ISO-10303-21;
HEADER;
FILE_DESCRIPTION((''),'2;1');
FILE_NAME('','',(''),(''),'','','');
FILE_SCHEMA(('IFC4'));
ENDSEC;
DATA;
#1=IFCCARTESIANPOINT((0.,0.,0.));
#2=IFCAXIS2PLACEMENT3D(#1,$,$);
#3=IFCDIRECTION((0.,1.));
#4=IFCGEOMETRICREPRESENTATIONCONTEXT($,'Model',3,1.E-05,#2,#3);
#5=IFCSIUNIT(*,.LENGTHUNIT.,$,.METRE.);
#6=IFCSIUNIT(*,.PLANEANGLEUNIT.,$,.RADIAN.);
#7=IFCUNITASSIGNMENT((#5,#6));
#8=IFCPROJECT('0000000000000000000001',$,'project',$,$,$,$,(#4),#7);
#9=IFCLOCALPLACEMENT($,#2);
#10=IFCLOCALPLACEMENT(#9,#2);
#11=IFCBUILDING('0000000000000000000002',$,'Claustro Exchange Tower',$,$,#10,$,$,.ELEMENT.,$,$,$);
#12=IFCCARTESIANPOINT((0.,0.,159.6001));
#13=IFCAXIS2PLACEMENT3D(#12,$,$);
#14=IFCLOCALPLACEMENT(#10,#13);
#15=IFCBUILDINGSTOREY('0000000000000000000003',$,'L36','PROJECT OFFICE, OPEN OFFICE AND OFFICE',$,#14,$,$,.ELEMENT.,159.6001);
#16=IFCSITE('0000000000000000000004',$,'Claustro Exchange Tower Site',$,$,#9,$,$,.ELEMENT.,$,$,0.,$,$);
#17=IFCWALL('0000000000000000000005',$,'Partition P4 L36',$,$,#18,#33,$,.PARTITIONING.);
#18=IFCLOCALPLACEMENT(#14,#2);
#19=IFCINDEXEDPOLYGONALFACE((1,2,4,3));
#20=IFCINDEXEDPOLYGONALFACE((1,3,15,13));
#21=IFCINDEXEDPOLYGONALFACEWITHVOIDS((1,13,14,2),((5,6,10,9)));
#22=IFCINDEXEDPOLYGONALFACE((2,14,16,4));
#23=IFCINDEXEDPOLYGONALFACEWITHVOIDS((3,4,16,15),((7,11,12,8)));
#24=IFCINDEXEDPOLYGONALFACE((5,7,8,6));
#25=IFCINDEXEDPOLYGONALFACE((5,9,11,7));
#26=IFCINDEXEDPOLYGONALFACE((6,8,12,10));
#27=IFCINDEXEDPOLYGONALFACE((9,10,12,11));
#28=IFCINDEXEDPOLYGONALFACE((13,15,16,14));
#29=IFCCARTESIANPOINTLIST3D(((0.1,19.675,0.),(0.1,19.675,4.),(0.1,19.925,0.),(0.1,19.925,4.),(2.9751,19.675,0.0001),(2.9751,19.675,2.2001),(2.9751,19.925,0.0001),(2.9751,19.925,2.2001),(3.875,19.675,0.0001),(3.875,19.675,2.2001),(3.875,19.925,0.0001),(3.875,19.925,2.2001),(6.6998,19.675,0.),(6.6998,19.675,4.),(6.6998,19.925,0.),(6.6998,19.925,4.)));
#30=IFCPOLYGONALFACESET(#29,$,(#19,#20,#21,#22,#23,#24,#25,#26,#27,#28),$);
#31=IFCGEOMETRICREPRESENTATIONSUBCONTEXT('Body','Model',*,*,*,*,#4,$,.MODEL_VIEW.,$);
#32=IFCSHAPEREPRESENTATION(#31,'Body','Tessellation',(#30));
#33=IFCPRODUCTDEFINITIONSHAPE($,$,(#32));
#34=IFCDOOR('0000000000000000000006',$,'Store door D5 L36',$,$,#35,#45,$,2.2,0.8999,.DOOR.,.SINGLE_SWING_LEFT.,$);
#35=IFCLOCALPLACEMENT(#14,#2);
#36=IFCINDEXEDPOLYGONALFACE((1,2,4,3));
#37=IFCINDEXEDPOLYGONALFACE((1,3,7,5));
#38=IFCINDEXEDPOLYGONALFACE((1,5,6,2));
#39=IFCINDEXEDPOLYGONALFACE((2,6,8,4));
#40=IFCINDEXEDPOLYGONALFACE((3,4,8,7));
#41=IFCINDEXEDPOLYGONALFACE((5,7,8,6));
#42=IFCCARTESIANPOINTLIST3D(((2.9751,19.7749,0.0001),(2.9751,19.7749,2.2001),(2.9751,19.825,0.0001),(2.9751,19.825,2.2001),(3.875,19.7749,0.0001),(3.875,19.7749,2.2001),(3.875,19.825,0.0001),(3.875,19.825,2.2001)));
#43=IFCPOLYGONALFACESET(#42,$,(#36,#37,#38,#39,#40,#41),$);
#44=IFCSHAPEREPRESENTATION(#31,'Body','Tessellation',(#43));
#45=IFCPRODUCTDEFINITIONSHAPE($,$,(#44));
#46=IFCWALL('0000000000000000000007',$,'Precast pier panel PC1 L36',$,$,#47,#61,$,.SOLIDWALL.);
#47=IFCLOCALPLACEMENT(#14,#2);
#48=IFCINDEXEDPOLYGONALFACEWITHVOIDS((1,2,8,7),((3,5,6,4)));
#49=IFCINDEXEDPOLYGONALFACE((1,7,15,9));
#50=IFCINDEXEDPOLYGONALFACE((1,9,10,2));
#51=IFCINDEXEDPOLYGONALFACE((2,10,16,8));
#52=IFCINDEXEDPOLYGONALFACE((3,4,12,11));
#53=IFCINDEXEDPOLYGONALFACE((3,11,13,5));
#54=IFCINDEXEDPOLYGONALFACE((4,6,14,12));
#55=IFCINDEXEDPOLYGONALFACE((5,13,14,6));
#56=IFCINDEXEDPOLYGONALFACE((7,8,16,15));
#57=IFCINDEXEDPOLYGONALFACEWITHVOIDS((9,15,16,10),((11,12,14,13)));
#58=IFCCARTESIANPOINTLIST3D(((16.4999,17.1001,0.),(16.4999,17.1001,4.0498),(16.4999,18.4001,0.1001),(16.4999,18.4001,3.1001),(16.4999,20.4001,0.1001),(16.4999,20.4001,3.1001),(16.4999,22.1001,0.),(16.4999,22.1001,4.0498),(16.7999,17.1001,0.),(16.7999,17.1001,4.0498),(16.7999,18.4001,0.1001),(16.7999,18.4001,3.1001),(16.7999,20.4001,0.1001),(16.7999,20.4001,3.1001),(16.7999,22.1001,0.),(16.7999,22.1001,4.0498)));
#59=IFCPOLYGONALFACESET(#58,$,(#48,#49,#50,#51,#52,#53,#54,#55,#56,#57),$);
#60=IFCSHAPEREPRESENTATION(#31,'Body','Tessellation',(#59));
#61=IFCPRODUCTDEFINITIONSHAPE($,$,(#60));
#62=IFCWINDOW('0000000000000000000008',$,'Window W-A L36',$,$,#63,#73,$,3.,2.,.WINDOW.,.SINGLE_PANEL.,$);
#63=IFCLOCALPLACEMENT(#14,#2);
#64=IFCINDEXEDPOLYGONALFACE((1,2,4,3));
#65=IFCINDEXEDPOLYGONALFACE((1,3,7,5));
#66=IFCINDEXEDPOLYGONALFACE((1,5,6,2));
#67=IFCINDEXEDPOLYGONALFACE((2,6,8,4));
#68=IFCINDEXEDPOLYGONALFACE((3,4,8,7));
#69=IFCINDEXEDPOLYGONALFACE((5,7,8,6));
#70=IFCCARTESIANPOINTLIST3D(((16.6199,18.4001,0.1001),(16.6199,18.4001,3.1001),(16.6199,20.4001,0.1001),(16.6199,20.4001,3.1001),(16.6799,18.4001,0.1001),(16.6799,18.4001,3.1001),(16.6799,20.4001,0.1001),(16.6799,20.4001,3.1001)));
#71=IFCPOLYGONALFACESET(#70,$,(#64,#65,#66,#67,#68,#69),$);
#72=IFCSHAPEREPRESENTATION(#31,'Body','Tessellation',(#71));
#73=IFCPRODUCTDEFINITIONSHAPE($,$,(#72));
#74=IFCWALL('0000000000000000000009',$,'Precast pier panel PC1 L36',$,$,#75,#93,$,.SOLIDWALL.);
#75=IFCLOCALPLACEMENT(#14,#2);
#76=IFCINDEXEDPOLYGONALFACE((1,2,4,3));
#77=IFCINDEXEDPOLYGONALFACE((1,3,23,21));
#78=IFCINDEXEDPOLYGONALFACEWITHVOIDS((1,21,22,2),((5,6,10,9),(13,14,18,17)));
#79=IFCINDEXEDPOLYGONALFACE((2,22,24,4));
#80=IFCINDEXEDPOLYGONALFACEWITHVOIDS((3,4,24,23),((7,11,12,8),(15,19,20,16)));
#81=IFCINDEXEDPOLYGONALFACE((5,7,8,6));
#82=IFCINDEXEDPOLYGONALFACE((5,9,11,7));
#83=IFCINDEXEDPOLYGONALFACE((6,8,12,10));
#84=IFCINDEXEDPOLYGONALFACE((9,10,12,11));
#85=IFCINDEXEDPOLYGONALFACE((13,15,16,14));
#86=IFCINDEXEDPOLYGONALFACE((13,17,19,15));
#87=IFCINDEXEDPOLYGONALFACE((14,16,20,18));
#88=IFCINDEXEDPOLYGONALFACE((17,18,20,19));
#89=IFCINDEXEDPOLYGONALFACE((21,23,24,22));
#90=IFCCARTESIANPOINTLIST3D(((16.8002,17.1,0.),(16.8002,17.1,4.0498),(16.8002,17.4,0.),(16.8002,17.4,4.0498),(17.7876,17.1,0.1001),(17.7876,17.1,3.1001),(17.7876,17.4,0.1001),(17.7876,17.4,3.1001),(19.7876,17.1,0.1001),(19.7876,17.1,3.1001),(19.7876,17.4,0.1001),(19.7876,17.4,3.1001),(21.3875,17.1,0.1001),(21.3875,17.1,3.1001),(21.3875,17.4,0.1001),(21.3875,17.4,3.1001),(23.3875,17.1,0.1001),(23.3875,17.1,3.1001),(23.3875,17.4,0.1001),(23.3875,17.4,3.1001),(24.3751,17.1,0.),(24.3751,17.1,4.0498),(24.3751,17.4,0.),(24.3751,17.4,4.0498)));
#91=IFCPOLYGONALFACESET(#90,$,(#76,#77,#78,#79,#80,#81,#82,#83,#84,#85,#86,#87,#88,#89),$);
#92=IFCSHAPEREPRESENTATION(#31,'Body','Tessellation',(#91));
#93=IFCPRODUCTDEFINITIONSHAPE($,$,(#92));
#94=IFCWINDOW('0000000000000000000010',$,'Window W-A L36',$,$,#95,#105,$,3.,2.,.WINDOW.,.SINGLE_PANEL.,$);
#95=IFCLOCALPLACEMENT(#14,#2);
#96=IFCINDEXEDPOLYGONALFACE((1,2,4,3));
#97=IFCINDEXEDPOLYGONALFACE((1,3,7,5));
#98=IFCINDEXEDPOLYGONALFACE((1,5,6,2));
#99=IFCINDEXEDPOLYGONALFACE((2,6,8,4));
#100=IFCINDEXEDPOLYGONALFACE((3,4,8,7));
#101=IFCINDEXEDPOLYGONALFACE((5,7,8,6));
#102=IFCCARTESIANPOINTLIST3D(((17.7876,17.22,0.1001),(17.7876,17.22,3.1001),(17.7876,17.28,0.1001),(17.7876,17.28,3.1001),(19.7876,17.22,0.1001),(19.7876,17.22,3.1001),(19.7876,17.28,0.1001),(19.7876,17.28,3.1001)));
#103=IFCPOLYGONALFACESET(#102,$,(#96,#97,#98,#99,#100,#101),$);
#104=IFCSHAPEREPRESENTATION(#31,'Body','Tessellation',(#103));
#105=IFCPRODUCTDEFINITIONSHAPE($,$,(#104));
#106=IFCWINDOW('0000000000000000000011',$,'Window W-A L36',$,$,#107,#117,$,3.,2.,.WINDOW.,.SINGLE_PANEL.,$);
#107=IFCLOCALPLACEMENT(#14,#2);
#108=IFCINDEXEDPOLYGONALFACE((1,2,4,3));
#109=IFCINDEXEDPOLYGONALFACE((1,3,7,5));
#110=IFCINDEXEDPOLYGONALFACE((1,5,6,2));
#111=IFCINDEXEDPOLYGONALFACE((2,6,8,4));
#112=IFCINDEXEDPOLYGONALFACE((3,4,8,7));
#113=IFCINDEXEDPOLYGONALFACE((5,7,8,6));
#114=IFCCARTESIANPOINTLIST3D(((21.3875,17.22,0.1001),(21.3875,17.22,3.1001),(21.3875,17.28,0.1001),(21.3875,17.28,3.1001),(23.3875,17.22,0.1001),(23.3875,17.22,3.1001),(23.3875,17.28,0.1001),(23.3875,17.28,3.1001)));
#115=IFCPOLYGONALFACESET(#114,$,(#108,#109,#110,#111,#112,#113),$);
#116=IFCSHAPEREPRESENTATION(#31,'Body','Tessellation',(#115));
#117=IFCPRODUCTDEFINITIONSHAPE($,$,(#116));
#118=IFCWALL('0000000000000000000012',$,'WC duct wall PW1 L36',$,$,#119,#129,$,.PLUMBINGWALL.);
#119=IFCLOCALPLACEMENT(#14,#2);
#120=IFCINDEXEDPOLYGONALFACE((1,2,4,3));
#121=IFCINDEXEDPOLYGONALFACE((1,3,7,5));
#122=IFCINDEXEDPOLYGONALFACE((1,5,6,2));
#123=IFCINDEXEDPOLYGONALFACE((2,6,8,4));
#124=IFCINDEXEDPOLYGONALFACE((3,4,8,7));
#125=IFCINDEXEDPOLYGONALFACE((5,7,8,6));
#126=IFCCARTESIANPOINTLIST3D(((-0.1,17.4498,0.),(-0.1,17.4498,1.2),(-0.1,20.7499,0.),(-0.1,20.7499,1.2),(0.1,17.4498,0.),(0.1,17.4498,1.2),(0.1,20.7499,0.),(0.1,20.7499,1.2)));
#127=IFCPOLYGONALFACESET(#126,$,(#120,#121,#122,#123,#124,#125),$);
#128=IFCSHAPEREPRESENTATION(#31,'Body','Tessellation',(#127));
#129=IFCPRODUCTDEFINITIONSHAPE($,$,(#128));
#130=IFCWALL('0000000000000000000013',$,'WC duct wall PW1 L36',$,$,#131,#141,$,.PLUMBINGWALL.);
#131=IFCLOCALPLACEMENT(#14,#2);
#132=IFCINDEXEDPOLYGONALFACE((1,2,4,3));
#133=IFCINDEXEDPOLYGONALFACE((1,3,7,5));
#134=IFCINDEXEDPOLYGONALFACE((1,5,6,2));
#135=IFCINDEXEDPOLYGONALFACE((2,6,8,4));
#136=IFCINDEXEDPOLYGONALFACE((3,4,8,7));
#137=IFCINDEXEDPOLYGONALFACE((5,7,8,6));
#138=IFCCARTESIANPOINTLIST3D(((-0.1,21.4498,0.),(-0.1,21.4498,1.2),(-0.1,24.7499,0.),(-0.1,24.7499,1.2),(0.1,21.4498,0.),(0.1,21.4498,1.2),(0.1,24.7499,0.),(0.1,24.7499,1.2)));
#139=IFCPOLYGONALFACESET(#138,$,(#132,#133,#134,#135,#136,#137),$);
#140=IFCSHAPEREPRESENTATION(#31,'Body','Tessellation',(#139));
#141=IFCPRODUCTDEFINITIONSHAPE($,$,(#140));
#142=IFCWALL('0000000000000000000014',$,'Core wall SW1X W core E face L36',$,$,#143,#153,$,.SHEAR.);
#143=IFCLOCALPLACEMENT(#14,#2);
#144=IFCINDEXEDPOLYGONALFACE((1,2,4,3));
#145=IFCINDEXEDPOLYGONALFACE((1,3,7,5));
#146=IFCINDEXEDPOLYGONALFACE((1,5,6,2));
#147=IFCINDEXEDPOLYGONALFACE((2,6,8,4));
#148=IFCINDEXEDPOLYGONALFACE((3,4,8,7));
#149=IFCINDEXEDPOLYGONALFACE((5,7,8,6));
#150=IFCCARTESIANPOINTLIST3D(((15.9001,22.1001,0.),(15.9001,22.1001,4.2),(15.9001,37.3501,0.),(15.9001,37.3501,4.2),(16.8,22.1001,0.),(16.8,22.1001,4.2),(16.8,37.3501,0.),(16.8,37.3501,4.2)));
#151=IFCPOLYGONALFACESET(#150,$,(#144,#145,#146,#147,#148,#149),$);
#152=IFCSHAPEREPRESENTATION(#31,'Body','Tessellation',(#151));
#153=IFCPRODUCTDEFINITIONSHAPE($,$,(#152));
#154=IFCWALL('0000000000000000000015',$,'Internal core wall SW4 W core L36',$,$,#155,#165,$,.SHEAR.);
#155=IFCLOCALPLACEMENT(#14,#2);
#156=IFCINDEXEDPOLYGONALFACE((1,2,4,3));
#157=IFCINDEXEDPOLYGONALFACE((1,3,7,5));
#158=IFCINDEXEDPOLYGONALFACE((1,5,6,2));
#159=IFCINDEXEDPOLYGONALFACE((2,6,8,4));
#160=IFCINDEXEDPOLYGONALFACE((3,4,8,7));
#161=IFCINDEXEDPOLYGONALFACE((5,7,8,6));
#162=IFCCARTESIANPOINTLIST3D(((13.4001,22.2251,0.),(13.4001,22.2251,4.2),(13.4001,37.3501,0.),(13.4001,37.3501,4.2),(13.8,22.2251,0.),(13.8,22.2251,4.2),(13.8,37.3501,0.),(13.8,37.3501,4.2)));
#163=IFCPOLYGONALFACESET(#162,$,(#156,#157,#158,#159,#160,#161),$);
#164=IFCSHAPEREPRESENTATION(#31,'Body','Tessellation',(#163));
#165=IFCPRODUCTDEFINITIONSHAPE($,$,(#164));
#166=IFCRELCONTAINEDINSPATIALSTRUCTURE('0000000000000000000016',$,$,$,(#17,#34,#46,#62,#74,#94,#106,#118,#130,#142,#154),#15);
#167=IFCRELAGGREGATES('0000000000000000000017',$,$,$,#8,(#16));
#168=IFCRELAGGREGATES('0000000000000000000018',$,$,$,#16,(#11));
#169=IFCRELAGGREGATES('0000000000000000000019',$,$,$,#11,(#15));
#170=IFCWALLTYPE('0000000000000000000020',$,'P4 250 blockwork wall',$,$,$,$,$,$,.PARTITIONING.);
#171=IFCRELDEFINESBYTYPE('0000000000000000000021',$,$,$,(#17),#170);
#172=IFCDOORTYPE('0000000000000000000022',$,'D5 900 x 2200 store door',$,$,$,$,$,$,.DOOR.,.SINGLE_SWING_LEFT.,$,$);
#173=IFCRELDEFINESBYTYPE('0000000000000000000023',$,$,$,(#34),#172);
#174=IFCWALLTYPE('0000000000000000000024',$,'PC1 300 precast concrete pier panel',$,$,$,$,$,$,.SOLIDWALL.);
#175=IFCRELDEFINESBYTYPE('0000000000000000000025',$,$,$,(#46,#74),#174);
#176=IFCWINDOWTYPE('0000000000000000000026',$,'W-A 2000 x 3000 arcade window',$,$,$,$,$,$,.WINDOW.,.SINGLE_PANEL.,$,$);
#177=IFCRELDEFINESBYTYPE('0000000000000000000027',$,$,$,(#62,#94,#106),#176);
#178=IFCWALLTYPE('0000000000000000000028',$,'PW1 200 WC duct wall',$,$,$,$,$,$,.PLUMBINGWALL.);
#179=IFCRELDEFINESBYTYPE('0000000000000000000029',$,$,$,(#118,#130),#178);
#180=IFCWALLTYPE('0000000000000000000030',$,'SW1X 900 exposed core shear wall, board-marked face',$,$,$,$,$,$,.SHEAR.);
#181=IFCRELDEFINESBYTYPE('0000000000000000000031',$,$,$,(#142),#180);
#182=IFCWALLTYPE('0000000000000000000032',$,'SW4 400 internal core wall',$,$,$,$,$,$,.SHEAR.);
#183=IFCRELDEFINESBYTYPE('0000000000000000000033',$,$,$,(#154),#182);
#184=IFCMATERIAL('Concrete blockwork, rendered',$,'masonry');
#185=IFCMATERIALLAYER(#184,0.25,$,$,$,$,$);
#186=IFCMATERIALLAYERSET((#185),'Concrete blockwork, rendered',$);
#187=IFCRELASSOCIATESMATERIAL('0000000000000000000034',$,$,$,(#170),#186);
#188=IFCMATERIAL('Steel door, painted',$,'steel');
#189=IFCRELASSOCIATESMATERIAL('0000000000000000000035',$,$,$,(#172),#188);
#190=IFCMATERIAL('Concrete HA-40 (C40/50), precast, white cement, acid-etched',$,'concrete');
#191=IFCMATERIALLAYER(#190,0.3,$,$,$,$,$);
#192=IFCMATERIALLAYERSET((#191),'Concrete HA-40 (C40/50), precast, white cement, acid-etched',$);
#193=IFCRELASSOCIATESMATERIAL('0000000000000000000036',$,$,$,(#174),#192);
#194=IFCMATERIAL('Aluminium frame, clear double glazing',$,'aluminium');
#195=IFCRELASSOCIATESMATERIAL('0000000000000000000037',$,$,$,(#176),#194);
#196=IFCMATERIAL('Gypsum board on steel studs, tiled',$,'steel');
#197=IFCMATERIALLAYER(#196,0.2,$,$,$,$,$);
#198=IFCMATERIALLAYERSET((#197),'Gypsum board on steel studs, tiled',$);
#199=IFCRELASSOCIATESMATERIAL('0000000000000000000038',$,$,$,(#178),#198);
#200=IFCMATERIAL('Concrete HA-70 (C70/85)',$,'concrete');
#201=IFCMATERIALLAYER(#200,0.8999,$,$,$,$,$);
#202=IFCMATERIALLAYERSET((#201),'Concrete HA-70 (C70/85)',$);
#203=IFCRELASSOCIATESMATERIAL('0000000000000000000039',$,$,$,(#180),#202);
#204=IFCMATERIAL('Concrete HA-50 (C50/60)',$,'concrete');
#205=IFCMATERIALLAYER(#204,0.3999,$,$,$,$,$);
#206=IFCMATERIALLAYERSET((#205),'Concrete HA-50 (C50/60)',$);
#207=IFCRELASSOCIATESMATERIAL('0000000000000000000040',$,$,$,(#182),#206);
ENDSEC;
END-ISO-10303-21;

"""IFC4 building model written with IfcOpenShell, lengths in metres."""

from ifc_helpers import new_model, si_unit, direction, frame, frame_2d, origin, place, context, subcontext, project, spatial, rectangle, extrude, material, layer, layer_set, type_object, element, fill, save


model = new_model("IFC4")

# Units and contexts
model_context = context("Model", 3, precision=1e-05, world=origin(), true_north=direction((0.0, 1.0)))
body_context = subcontext(model_context, "Body", "Model", "MODEL_VIEW")
ifc_project = project(units=[si_unit("LENGTHUNIT", "METRE"), si_unit("PLANEANGLEUNIT", "RADIAN")], contexts=[model_context])

# Site, building, storey
site_placement = place(None, origin())
site = spatial("IfcSite", under=ifc_project, at=site_placement, Name="Claustro Exchange Tower Site", CompositionType="ELEMENT", RefElevation=0.0)
building_placement = place(site_placement, origin())
building = spatial("IfcBuilding", under=site, at=building_placement, Name="Claustro Exchange Tower", CompositionType="ELEMENT")
storey_placement = place(building_placement, frame((0.0, 0.0, 159.6001)))
storey = spatial("IfcBuildingStorey", under=building, at=storey_placement, Name="L36", Description="PROJECT OFFICE, OPEN OFFICE AND OFFICE", CompositionType="ELEMENT", Elevation=159.6001)

# Wall, opening, door
ifc_material_1 = material(Name="Concrete blockwork, rendered", Category="masonry")
ifc_layer_1 = layer(ifc_material_1, 0.25)
ifc_layer_set_1 = layer_set([ifc_layer_1], Name="Concrete blockwork, rendered")
wall_type_1 = type_object("IfcWallType", Name="P4 250 blockwork wall", PredefinedType="PARTITIONING", material=ifc_layer_set_1)
wall_1_placement = place(storey_placement, frame((0.1001, 19.8, 0.0), z_axis=(0.0, 0.0, 1.0), x_axis=(1.0, 0.0, 0.0)))
wall_1 = element("IfcWall", 1, at=wall_1_placement, inside=storey, type_object=wall_type_1, Name="Partition P4 L36", PredefinedType="PARTITIONING", context=body_context, shape_type="SweptSolid", body=[
    extrude(rectangle(XDim=6.5999, YDim=0.25, at=frame_2d((3.2998, 0.0))), origin(), (0.0, 0.0, 1.0), 4.0),
])
opening_1_placement = place(wall_1_placement, frame((2.875, 0.0, 0.0)))
opening_1 = element("IfcOpeningElement", 2, at=opening_1_placement, cuts=wall_1, PredefinedType="OPENING", context=body_context, shape_type="SweptSolid", body=[
    extrude(rectangle(XDim=0.8999, YDim=2.2, at=frame_2d((0.45, 1.1001))), frame((0.0, 0.135, 0.0), z_axis=(0.0, -1.0, 0.0), x_axis=(1.0, 0.0, 0.0)), (0.0, 0.0, 1.0), 0.27),
])
ifc_material_2 = material(Name="Steel door, painted", Category="steel")
door_type_1 = type_object("IfcDoorType", Name="D5 900 x 2200 store door", OperationType="SINGLE_SWING_LEFT", PredefinedType="DOOR", material=ifc_material_2)
door_1_placement = place(opening_1_placement, origin())
door_1 = element("IfcDoor", 3, at=door_1_placement, inside=storey, type_object=door_type_1, Name="Store door D5 L36", OperationType="SINGLE_SWING_LEFT", OverallHeight=2.2, OverallWidth=0.8999, PredefinedType="DOOR", context=body_context, shape_type="SweptSolid", body=[
    extrude(rectangle(XDim=0.8999, YDim=2.2, at=frame_2d((0.45, 1.1001))), frame((0.0, 0.0249, 0.0), z_axis=(0.0, -1.0, 0.0), x_axis=(1.0, 0.0, 0.0)), (0.0, 0.0, 1.0), 0.05),
])
fill(opening_1, door_1)

# Wall, opening, window
ifc_material_3 = material(Name="Concrete HA-40 (C40/50), precast, white cement, acid-etched", Category="concrete")
ifc_layer_2 = layer(ifc_material_3, 0.3)
ifc_layer_set_2 = layer_set([ifc_layer_2], Name="Concrete HA-40 (C40/50), precast, white cement, acid-etched")
wall_type_2 = type_object("IfcWallType", Name="PC1 300 precast concrete pier panel", PredefinedType="SOLIDWALL", material=ifc_layer_set_2)
wall_2_placement = place(storey_placement, frame((16.6499, 17.1001, 0.0), z_axis=(0.0, 0.0, 1.0), x_axis=(0.0, 1.0, 0.0)))
wall_2 = element("IfcWall", 4, at=wall_2_placement, inside=storey, type_object=wall_type_2, Name="Precast pier panel PC1 L36", PredefinedType="SOLIDWALL", context=body_context, shape_type="SweptSolid", body=[
    extrude(rectangle(XDim=5.0, YDim=0.3, at=frame_2d((2.5, 0.0))), origin(), (0.0, 0.0, 1.0), 4.0498),
])
opening_2_placement = place(wall_2_placement, frame((1.3, 0.0, 0.1001)))
opening_2 = element("IfcOpeningElement", 5, at=opening_2_placement, cuts=wall_2, PredefinedType="OPENING", context=body_context, shape_type="SweptSolid", body=[
    extrude(rectangle(XDim=2.0, YDim=3.0, at=frame_2d((1.0, 1.5))), frame((0.0, 0.1599, 0.0), z_axis=(0.0, -1.0, 0.0), x_axis=(1.0, 0.0, 0.0)), (0.0, 0.0, 1.0), 0.3201),
])
ifc_material_4 = material(Name="Aluminium frame, clear double glazing", Category="aluminium")
window_type = type_object("IfcWindowType", Name="W-A 2000 x 3000 arcade window", PartitioningType="SINGLE_PANEL", PredefinedType="WINDOW", material=ifc_material_4)
window_1_placement = place(opening_2_placement, origin())
window_1 = element("IfcWindow", 6, at=window_1_placement, inside=storey, type_object=window_type, Name="Window W-A L36", OverallHeight=3.0, OverallWidth=2.0, PartitioningType="SINGLE_PANEL", PredefinedType="WINDOW", context=body_context, shape_type="SweptSolid", body=[
    extrude(rectangle(XDim=2.0, YDim=3.0, at=frame_2d((1.0, 1.5))), frame((0.0, 0.03, 0.0), z_axis=(0.0, -1.0, 0.0), x_axis=(1.0, 0.0, 0.0)), (0.0, 0.0, 1.0), 0.0601),
])
fill(opening_2, window_1)

# Wall, openings, windows
wall_3_placement = place(storey_placement, frame((16.8, 17.25, 0.0), z_axis=(0.0, 0.0, 1.0), x_axis=(1.0, 0.0, 0.0)))
wall_3 = element("IfcWall", 7, at=wall_3_placement, inside=storey, type_object=wall_type_2, Name="Precast pier panel PC1 L36", PredefinedType="SOLIDWALL", context=body_context, shape_type="SweptSolid", body=[
    extrude(rectangle(XDim=7.575, YDim=0.3, at=frame_2d((3.7876, 0.0))), origin(), (0.0, 0.0, 1.0), 4.0498),
])
opening_3_placement = place(wall_3_placement, frame((0.9875, 0.0, 0.1001)))
opening_3 = element("IfcOpeningElement", 8, at=opening_3_placement, cuts=wall_3, PredefinedType="OPENING", context=body_context, shape_type="SweptSolid", body=[
    extrude(rectangle(XDim=2.0, YDim=3.0, at=frame_2d((1.0, 1.5))), frame((0.0, 0.1599, 0.0), z_axis=(0.0, -1.0, 0.0), x_axis=(1.0, 0.0, 0.0)), (0.0, 0.0, 1.0), 0.3201),
])
opening_4_placement = place(wall_3_placement, frame((4.5874, 0.0, 0.1001)))
opening_4 = element("IfcOpeningElement", 9, at=opening_4_placement, cuts=wall_3, PredefinedType="OPENING", context=body_context, shape_type="SweptSolid", body=[
    extrude(rectangle(XDim=2.0, YDim=3.0, at=frame_2d((1.0, 1.5))), frame((0.0, 0.1599, 0.0), z_axis=(0.0, -1.0, 0.0), x_axis=(1.0, 0.0, 0.0)), (0.0, 0.0, 1.0), 0.3201),
])
window_2_placement = place(opening_3_placement, origin())
window_2 = element("IfcWindow", 10, at=window_2_placement, inside=storey, type_object=window_type, Name="Window W-A L36", OverallHeight=3.0, OverallWidth=2.0, PartitioningType="SINGLE_PANEL", PredefinedType="WINDOW", context=body_context, shape_type="SweptSolid", body=[
    extrude(rectangle(XDim=2.0, YDim=3.0, at=frame_2d((1.0, 1.5))), frame((0.0, 0.03, 0.0), z_axis=(0.0, -1.0, 0.0), x_axis=(1.0, 0.0, 0.0)), (0.0, 0.0, 1.0), 0.0601),
])
fill(opening_3, window_2)
window_3_placement = place(opening_4_placement, origin())
window_3 = element("IfcWindow", 11, at=window_3_placement, inside=storey, type_object=window_type, Name="Window W-A L36", OverallHeight=3.0, OverallWidth=2.0, PartitioningType="SINGLE_PANEL", PredefinedType="WINDOW", context=body_context, shape_type="SweptSolid", body=[
    extrude(rectangle(XDim=2.0, YDim=3.0, at=frame_2d((1.0, 1.5))), frame((0.0, 0.03, 0.0), z_axis=(0.0, -1.0, 0.0), x_axis=(1.0, 0.0, 0.0)), (0.0, 0.0, 1.0), 0.0601),
])
fill(opening_4, window_3)

# Walls
ifc_material_5 = material(Name="Gypsum board on steel studs, tiled", Category="steel")
ifc_layer_3 = layer(ifc_material_5, 0.2)
ifc_layer_set_3 = layer_set([ifc_layer_3], Name="Gypsum board on steel studs, tiled")
wall_type_3 = type_object("IfcWallType", Name="PW1 200 WC duct wall", PredefinedType="PLUMBINGWALL", material=ifc_layer_set_3)
for number, where, z_axis, x_axis, name in (
    (12, (0.0, 17.45, 0.0), (0.0, 0.0, 1.0), (0.0, 1.0, 0.0), "WC duct wall PW1 L36"),
    (13, (0.0, 21.45, 0.0), (0.0, 0.0, 1.0), (0.0, 1.0, 0.0), "WC duct wall PW1 L36"),
):
    element("IfcWall", number, at=place(storey_placement, frame(where, z_axis=z_axis, x_axis=x_axis)), inside=storey, type_object=wall_type_3, Name=name, PredefinedType="PLUMBINGWALL", context=body_context, shape_type="SweptSolid", body=[
        extrude(rectangle(XDim=3.3, YDim=0.2, at=frame_2d((1.6499, 0.0))), origin(), (0.0, 0.0, 1.0), 1.2),
    ])
ifc_material_6 = material(Name="Concrete HA-70 (C70/85)", Category="concrete")
ifc_layer_4 = layer(ifc_material_6, 0.8999)
ifc_layer_set_4 = layer_set([ifc_layer_4], Name="Concrete HA-70 (C70/85)")
wall_type_4 = type_object("IfcWallType", Name="SW1X 900 exposed core shear wall, board-marked face", PredefinedType="SHEAR", material=ifc_layer_set_4)
wall_4_placement = place(storey_placement, frame((16.3501, 22.1001, 0.0), z_axis=(0.0, 0.0, 1.0), x_axis=(0.0, 1.0, 0.0)))
element("IfcWall", 14, at=wall_4_placement, inside=storey, type_object=wall_type_4, Name="Core wall SW1X W core E face L36", PredefinedType="SHEAR", context=body_context, shape_type="SweptSolid", body=[
    extrude(rectangle(XDim=15.25, YDim=0.8999, at=frame_2d((7.625, 0.0))), origin(), (0.0, 0.0, 1.0), 4.2),
])
ifc_material_7 = material(Name="Concrete HA-50 (C50/60)", Category="concrete")
ifc_layer_5 = layer(ifc_material_7, 0.3999)
ifc_layer_set_5 = layer_set([ifc_layer_5], Name="Concrete HA-50 (C50/60)")
wall_type_5 = type_object("IfcWallType", Name="SW4 400 internal core wall", PredefinedType="SHEAR", material=ifc_layer_set_5)
wall_5_placement = place(storey_placement, frame((13.6001, 22.2251, 0.0), z_axis=(0.0, 0.0, 1.0), x_axis=(0.0, 1.0, 0.0)))
element("IfcWall", 15, at=wall_5_placement, inside=storey, type_object=wall_type_5, Name="Internal core wall SW4 W core L36", PredefinedType="SHEAR", context=body_context, shape_type="SweptSolid", body=[
    extrude(rectangle(XDim=15.125, YDim=0.3999, at=frame_2d((7.5625, 0.0))), origin(), (0.0, 0.0, 1.0), 4.2),
])

save(model, "model.ifc")
